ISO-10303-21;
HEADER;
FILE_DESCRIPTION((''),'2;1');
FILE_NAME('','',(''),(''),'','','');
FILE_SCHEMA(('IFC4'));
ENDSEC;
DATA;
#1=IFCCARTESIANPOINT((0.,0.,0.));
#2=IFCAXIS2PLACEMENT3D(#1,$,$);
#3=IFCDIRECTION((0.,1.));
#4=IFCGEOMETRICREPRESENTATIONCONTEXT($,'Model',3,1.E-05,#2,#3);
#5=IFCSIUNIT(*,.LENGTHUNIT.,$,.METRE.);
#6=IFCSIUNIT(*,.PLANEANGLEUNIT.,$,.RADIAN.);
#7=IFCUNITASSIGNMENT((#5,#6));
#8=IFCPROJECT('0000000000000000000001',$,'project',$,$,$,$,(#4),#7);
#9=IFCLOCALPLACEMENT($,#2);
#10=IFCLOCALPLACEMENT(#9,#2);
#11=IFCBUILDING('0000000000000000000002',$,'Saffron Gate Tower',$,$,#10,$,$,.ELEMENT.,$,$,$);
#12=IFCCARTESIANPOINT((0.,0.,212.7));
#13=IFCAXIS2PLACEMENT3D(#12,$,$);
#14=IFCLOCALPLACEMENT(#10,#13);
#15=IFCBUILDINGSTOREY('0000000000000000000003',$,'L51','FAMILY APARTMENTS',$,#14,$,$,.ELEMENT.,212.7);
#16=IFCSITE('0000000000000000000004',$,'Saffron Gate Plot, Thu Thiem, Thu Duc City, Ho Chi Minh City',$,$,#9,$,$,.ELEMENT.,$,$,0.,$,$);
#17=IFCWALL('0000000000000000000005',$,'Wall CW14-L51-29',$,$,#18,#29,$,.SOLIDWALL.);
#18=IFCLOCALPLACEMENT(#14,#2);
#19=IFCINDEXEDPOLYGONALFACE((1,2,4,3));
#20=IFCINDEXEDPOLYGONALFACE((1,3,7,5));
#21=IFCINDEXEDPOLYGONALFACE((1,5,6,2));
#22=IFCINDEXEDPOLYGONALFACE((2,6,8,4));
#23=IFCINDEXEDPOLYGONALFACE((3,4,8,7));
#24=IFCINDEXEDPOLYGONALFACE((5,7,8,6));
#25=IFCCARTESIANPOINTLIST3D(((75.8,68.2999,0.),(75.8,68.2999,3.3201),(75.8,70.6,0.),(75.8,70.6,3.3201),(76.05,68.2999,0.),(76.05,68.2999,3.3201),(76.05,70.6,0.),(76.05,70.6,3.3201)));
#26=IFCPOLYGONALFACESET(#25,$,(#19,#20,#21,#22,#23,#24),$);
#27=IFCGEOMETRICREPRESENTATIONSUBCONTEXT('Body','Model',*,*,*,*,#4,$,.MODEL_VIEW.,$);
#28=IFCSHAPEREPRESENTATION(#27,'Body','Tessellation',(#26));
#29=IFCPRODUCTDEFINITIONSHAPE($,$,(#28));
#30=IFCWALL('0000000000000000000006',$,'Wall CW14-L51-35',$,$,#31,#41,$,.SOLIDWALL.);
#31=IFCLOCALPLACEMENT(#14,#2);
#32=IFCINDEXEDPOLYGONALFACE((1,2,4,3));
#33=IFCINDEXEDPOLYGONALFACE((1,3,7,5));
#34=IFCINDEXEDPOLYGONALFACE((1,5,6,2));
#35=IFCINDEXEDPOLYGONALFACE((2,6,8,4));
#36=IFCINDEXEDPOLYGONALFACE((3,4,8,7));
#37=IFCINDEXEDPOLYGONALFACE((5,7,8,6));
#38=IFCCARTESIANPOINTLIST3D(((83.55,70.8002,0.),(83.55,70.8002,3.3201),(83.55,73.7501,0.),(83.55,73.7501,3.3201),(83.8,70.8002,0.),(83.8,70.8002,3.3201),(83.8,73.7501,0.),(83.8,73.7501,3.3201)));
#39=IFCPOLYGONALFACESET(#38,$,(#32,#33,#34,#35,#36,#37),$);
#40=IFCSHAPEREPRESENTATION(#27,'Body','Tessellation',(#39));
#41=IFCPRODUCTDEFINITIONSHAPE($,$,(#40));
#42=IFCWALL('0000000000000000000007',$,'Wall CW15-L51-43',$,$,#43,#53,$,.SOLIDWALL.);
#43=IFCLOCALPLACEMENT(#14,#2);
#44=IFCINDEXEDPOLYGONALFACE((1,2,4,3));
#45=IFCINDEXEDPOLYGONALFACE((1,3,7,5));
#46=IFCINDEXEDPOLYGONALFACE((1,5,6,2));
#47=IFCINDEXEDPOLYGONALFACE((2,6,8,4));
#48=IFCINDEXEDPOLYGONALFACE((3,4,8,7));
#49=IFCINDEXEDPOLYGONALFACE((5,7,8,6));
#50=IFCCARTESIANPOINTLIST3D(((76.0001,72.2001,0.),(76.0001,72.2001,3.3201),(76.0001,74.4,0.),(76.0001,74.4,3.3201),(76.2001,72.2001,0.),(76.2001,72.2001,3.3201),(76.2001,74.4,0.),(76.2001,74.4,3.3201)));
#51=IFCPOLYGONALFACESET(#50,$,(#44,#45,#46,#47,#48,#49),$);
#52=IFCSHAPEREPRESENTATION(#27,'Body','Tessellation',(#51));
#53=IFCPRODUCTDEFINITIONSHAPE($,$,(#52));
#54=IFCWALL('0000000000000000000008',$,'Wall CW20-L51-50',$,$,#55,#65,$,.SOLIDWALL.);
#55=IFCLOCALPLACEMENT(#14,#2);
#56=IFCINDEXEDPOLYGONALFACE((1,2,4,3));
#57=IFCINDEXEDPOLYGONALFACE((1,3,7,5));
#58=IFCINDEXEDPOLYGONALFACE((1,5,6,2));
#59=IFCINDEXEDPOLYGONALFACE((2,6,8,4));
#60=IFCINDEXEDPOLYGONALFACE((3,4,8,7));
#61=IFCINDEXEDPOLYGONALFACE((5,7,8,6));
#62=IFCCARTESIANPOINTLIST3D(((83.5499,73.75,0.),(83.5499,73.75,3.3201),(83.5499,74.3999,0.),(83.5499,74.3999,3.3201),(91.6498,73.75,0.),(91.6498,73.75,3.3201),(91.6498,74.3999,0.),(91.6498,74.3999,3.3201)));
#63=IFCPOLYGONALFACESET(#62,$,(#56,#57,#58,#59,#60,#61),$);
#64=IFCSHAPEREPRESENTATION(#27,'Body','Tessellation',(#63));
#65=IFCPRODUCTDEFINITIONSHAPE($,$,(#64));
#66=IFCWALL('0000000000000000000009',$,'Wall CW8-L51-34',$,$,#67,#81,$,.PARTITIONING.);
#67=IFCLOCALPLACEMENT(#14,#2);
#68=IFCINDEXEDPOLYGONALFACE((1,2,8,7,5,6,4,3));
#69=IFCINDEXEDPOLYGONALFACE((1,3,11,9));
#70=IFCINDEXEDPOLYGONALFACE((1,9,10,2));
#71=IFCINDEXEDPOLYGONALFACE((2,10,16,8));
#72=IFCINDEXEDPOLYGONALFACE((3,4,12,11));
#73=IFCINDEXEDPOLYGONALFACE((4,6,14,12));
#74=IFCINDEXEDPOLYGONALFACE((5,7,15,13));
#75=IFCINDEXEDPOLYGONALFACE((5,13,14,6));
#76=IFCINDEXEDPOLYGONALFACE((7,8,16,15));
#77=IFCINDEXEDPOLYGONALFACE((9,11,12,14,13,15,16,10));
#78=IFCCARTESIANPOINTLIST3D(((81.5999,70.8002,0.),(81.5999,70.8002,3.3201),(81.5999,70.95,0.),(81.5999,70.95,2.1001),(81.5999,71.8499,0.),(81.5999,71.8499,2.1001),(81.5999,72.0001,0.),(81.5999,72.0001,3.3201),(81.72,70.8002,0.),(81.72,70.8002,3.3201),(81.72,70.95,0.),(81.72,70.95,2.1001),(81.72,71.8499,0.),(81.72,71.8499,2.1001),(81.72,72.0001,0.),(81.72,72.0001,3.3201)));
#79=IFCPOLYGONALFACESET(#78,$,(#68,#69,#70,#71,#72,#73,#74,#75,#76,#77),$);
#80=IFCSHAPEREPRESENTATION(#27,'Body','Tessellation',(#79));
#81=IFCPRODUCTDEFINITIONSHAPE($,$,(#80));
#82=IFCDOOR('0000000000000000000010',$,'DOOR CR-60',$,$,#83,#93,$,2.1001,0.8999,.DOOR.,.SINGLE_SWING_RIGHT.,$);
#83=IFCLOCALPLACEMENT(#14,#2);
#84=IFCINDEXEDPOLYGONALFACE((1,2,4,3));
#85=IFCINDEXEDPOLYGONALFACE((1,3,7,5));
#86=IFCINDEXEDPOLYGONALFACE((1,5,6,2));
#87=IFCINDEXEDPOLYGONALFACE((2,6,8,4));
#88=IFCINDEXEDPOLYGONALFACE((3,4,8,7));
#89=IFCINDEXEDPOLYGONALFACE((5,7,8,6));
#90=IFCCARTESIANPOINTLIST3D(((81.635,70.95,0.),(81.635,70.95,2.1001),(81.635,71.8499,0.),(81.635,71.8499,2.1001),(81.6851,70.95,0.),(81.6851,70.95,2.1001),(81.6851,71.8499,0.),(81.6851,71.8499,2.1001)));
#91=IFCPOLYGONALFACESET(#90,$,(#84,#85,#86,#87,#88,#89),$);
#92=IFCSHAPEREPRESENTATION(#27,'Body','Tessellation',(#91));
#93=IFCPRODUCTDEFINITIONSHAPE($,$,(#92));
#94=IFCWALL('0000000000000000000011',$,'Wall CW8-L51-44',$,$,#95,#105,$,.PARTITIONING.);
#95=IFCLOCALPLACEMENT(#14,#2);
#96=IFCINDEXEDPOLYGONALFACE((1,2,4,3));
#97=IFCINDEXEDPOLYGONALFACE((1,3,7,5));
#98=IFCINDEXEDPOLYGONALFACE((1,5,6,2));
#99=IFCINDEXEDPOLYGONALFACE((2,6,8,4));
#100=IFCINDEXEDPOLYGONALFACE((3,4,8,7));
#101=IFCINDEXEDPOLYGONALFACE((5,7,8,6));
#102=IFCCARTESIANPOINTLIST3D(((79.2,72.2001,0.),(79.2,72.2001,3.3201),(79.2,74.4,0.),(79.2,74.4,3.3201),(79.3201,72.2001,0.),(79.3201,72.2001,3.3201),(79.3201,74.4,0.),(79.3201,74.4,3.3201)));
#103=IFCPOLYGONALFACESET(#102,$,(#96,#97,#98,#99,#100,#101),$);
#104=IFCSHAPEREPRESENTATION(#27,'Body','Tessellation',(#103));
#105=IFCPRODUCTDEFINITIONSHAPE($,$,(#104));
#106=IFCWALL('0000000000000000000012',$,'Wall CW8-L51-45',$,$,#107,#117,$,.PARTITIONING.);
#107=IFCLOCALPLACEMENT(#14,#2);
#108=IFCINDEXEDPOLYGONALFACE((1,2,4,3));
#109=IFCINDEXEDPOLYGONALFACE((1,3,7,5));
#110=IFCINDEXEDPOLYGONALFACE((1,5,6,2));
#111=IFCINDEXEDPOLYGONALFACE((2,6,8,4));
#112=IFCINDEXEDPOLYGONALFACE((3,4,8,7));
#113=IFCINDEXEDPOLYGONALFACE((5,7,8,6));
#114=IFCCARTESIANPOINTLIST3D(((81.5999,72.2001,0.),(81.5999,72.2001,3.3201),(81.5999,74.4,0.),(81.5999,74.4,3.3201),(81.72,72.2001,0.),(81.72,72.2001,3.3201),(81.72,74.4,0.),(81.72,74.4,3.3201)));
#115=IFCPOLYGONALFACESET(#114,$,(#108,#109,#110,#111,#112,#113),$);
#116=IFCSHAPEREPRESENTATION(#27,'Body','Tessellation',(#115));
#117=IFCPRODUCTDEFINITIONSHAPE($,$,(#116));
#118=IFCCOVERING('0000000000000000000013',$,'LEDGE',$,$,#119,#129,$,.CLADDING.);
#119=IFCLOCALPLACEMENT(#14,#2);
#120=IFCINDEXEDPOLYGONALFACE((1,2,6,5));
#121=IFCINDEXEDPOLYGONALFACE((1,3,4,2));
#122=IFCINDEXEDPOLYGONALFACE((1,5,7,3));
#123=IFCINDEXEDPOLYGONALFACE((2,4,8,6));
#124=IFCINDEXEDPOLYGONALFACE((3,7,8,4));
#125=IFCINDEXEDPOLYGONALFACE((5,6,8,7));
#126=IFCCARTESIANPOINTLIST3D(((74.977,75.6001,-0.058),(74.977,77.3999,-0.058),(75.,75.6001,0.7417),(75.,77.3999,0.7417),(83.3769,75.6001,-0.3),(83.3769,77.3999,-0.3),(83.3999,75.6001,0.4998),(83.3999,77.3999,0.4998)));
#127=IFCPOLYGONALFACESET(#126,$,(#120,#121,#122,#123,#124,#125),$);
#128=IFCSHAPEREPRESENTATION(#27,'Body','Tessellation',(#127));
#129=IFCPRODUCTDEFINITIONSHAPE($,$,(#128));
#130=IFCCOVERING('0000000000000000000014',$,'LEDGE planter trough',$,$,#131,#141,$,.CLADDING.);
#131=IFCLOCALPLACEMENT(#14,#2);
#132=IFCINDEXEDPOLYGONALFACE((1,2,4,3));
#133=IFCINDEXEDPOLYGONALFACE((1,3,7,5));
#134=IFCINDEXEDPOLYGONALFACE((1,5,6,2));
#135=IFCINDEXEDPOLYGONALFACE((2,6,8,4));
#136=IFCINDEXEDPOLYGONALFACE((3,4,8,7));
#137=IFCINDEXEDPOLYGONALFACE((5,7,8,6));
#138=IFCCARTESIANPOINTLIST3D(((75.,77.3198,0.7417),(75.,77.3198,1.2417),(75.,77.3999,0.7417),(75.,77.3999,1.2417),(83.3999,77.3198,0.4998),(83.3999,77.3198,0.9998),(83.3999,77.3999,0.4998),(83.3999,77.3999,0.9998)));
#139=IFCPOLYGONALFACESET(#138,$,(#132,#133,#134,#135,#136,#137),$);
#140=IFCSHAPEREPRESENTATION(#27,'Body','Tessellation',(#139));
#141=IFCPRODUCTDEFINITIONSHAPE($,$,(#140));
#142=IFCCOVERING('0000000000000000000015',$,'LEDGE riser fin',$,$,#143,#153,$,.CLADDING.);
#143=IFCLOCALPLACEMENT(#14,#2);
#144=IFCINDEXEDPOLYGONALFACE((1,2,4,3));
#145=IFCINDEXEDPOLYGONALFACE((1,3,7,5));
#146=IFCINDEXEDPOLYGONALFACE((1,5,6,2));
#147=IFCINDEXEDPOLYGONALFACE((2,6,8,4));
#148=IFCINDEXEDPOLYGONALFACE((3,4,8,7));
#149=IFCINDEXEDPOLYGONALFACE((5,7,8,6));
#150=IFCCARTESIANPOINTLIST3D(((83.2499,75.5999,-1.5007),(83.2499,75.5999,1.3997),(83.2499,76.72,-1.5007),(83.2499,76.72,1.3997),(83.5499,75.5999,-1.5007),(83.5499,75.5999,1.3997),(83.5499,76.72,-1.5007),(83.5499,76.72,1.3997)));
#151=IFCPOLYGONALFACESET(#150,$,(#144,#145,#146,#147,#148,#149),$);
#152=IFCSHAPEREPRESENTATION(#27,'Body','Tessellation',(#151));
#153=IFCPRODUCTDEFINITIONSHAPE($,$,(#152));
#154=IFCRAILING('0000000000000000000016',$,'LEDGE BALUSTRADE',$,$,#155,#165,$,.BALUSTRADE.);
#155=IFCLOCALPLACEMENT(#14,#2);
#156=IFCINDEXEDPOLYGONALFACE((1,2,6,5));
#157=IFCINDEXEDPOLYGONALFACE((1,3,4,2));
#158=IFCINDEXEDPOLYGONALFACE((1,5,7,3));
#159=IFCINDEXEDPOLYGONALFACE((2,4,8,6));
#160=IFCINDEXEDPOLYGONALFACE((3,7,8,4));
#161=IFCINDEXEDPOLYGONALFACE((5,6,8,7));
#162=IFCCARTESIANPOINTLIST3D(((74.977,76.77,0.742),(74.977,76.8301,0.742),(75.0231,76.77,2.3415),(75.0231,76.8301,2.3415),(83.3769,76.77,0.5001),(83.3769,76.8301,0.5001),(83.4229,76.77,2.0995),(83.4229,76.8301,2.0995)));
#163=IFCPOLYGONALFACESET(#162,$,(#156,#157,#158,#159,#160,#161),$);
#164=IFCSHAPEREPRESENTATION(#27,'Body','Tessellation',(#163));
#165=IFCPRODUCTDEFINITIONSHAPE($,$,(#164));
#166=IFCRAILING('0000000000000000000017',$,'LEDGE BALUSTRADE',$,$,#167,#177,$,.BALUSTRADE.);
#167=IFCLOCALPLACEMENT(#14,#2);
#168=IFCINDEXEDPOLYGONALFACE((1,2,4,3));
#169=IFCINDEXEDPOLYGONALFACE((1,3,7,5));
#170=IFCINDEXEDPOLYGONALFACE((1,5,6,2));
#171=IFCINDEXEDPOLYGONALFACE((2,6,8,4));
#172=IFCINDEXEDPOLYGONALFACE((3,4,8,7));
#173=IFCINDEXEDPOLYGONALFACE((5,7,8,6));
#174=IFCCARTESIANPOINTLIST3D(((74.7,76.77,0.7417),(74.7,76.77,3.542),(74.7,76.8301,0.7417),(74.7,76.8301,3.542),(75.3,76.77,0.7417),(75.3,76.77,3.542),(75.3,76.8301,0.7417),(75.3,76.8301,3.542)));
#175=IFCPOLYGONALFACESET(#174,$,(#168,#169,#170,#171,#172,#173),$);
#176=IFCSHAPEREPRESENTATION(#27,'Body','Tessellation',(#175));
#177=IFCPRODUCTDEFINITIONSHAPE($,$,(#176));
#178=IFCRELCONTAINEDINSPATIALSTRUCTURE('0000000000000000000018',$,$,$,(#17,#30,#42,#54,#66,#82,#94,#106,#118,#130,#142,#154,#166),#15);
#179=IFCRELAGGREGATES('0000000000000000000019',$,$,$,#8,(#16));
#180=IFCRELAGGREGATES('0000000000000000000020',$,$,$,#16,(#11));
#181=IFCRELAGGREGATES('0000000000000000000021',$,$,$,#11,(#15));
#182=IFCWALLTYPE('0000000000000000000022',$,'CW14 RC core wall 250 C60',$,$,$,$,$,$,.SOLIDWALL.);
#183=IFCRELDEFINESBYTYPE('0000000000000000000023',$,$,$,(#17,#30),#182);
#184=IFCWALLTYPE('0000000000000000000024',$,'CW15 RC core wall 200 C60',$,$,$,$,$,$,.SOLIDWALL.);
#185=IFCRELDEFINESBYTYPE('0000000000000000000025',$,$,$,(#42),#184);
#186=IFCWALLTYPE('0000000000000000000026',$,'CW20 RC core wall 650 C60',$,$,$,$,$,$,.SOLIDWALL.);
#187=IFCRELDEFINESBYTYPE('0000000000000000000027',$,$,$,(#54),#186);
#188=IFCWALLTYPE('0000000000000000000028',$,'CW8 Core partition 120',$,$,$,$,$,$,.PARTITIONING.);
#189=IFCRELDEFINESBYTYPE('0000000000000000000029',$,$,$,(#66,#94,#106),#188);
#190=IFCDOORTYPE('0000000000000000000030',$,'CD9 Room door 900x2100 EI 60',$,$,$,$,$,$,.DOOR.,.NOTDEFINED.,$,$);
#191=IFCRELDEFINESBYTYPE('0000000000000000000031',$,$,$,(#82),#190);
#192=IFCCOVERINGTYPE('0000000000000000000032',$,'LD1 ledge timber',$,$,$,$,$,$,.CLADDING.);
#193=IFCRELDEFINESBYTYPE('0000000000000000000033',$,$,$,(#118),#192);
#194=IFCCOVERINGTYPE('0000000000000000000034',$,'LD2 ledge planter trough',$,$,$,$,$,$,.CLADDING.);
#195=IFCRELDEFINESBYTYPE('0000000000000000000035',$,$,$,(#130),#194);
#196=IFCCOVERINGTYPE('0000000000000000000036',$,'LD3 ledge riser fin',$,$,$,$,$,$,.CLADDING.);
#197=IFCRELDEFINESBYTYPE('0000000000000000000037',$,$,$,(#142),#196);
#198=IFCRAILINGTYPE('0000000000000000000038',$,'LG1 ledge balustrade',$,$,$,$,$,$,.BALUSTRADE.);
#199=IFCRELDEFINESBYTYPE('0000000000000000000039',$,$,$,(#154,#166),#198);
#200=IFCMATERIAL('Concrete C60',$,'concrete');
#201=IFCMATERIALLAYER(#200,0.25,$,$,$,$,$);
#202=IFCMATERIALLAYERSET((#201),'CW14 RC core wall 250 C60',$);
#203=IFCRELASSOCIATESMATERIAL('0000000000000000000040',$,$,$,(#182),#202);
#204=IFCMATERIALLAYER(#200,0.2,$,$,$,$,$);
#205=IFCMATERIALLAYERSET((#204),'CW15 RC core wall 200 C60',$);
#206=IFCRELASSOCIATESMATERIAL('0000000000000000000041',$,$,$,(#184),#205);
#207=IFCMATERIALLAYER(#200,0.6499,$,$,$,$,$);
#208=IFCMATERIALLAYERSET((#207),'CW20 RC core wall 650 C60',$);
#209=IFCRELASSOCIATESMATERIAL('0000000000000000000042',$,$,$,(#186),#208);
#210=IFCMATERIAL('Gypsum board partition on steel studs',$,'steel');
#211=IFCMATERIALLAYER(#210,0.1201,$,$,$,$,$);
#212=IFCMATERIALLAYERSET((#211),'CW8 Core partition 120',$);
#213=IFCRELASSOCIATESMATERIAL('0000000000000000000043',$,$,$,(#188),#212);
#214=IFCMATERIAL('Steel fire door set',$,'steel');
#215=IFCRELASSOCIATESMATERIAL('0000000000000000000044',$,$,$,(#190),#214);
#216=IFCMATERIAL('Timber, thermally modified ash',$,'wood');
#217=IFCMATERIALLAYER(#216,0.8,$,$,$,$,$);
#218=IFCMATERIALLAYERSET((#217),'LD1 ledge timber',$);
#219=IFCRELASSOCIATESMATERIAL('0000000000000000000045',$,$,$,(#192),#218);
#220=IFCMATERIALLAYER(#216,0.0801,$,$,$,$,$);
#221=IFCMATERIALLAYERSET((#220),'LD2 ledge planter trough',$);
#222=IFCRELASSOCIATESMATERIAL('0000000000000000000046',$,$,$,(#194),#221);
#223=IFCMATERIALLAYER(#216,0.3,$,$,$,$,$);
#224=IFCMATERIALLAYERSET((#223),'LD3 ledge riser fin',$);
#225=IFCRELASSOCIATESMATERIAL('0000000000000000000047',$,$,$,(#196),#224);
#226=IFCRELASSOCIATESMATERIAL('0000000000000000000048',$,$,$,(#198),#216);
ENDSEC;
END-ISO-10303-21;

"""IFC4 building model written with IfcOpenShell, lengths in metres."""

from ifc_helpers import new_model, si_unit, direction, frame, frame_2d, origin, origin_2d, place, context, subcontext, project, spatial, polyline, rectangle, outline, extrude, material, layer, layer_set, type_object, element, fill, save


model = new_model("IFC4")

# Units and contexts
model_context = context("Model", 3, precision=1e-05, world=origin(), true_north=direction((0.0, 1.0)))
body_context = subcontext(model_context, "Body", "Model", "MODEL_VIEW")
ifc_project = project(units=[si_unit("LENGTHUNIT", "METRE"), si_unit("PLANEANGLEUNIT", "RADIAN")], contexts=[model_context])

# Site, building, storey
site_placement = place(None, origin())
site = spatial("IfcSite", under=ifc_project, at=site_placement, Name="Saffron Gate Plot, Thu Thiem, Thu Duc City, Ho Chi Minh City", CompositionType="ELEMENT", RefElevation=0.0)
building_placement = place(site_placement, origin())
building = spatial("IfcBuilding", under=site, at=building_placement, Name="Saffron Gate Tower", CompositionType="ELEMENT")
storey_placement = place(building_placement, frame((0.0, 0.0, 212.7)))
storey = spatial("IfcBuildingStorey", under=building, at=storey_placement, Name="L51", Description="FAMILY APARTMENTS", CompositionType="ELEMENT", Elevation=212.7)

# Walls
ifc_material_1 = material(Name="Concrete C60", Category="concrete")
ifc_layer_1 = layer(ifc_material_1, 0.25)
ifc_layer_set_1 = layer_set([ifc_layer_1], Name="CW14 RC core wall 250 C60")
wall_type_1 = type_object("IfcWallType", Name="CW14 RC core wall 250 C60", PredefinedType="SOLIDWALL", material=ifc_layer_set_1)
wall_1_placement = place(storey_placement, frame((75.925, 68.3, 0.0), z_axis=(0.0, 0.0, 1.0), x_axis=(0.0, 1.0, 0.0)))
element("IfcWall", 1, at=wall_1_placement, inside=storey, type_object=wall_type_1, Name="Wall CW14-L51-29", PredefinedType="SOLIDWALL", context=body_context, shape_type="SweptSolid", body=[
    extrude(rectangle(XDim=2.3, YDim=0.25, at=frame_2d((1.1499, 0.0))), origin(), (0.0, 0.0, 1.0), 3.3201),
])
wall_2_placement = place(storey_placement, frame((83.675, 70.8, 0.0), z_axis=(0.0, 0.0, 1.0), x_axis=(0.0, 1.0, 0.0)))
element("IfcWall", 2, at=wall_2_placement, inside=storey, type_object=wall_type_1, Name="Wall CW14-L51-35", PredefinedType="SOLIDWALL", context=body_context, shape_type="SweptSolid", body=[
    extrude(rectangle(XDim=2.95, YDim=0.25, at=frame_2d((1.4751, 0.0))), origin(), (0.0, 0.0, 1.0), 3.3201),
])
ifc_layer_2 = layer(ifc_material_1, 0.2)
ifc_layer_set_2 = layer_set([ifc_layer_2], Name="CW15 RC core wall 200 C60")
wall_type_2 = type_object("IfcWallType", Name="CW15 RC core wall 200 C60", PredefinedType="SOLIDWALL", material=ifc_layer_set_2)
wall_3_placement = place(storey_placement, frame((76.1001, 72.2, 0.0), z_axis=(0.0, 0.0, 1.0), x_axis=(0.0, 1.0, 0.0)))
element("IfcWall", 3, at=wall_3_placement, inside=storey, type_object=wall_type_2, Name="Wall CW15-L51-43", PredefinedType="SOLIDWALL", context=body_context, shape_type="SweptSolid", body=[
    extrude(rectangle(XDim=2.2, YDim=0.2, at=frame_2d((1.1001, 0.0))), origin(), (0.0, 0.0, 1.0), 3.3201),
])
ifc_layer_3 = layer(ifc_material_1, 0.6499)
ifc_layer_set_3 = layer_set([ifc_layer_3], Name="CW20 RC core wall 650 C60")
wall_type_3 = type_object("IfcWallType", Name="CW20 RC core wall 650 C60", PredefinedType="SOLIDWALL", material=ifc_layer_set_3)
wall_4_placement = place(storey_placement, frame((83.55, 74.075, 0.0), z_axis=(0.0, 0.0, 1.0), x_axis=(1.0, 0.0, 0.0)))
element("IfcWall", 4, at=wall_4_placement, inside=storey, type_object=wall_type_3, Name="Wall CW20-L51-50", PredefinedType="SOLIDWALL", context=body_context, shape_type="SweptSolid", body=[
    extrude(rectangle(XDim=8.0999, YDim=0.6499, at=frame_2d((4.0498, 0.0))), origin(), (0.0, 0.0, 1.0), 3.3201),
])

# Wall, opening, door
ifc_material_2 = material(Name="Gypsum board partition on steel studs", Category="steel")
ifc_layer_4 = layer(ifc_material_2, 0.1201)
ifc_layer_set_4 = layer_set([ifc_layer_4], Name="CW8 Core partition 120")
wall_type_4 = type_object("IfcWallType", Name="CW8 Core partition 120", PredefinedType="PARTITIONING", material=ifc_layer_set_4)
wall_5_placement = place(storey_placement, frame((81.6599, 70.8, 0.0), z_axis=(0.0, 0.0, 1.0), x_axis=(0.0, 1.0, 0.0)))
wall_5 = element("IfcWall", 5, at=wall_5_placement, inside=storey, type_object=wall_type_4, Name="Wall CW8-L51-34", PredefinedType="PARTITIONING", context=body_context, shape_type="SweptSolid", body=[
    extrude(rectangle(XDim=1.2, YDim=0.1201, at=frame_2d((0.6001, 0.0))), origin(), (0.0, 0.0, 1.0), 3.3201),
])
opening_placement = place(wall_5_placement, frame((0.1499, 0.0, 0.0)))
opening = element("IfcOpeningElement", 6, at=opening_placement, cuts=wall_5, PredefinedType="OPENING", context=body_context, shape_type="SweptSolid", body=[
    extrude(rectangle(XDim=0.8999, YDim=2.1001, at=frame_2d((0.45, 1.05))), frame((0.0, 0.0701, 0.0), z_axis=(0.0, -1.0, 0.0), x_axis=(1.0, 0.0, 0.0)), (0.0, 0.0, 1.0), 0.1401),
])
ifc_material_3 = material(Name="Steel fire door set", Category="steel")
door_type = type_object("IfcDoorType", Name="CD9 Room door 900x2100 EI 60", OperationType="NOTDEFINED", PredefinedType="DOOR", material=ifc_material_3)
door_placement = place(opening_placement, origin())
door = element("IfcDoor", 7, at=door_placement, inside=storey, type_object=door_type, Name="DOOR CR-60", OperationType="SINGLE_SWING_RIGHT", OverallHeight=2.1001, OverallWidth=0.8999, PredefinedType="DOOR", context=body_context, shape_type="SweptSolid", body=[
    extrude(rectangle(XDim=0.8999, YDim=2.1001, at=frame_2d((0.45, 1.05))), frame((0.0, 0.0249, 0.0), z_axis=(0.0, -1.0, 0.0), x_axis=(1.0, 0.0, 0.0)), (0.0, 0.0, 1.0), 0.05),
])
fill(opening, door)

# Walls
for number, where, z_axis, x_axis, name in (
    (8, (79.26, 72.2, 0.0), (0.0, 0.0, 1.0), (0.0, 1.0, 0.0), "Wall CW8-L51-44"),
    (9, (81.6599, 72.2, 0.0), (0.0, 0.0, 1.0), (0.0, 1.0, 0.0), "Wall CW8-L51-45"),
):
    element("IfcWall", number, at=place(storey_placement, frame(where, z_axis=z_axis, x_axis=x_axis)), inside=storey, type_object=wall_type_4, Name=name, PredefinedType="PARTITIONING", context=body_context, shape_type="SweptSolid", body=[
        extrude(rectangle(XDim=2.2, YDim=0.1201, at=frame_2d((1.1001, 0.0))), origin(), (0.0, 0.0, 1.0), 3.3201),
    ])

# Coverings
ifc_material_4 = material(Name="Timber, thermally modified ash", Category="wood")
ifc_layer_5 = layer(ifc_material_4, 0.8)
ifc_layer_set_5 = layer_set([ifc_layer_5], Name="LD1 ledge timber")
covering_type_1 = type_object("IfcCoveringType", Name="LD1 ledge timber", PredefinedType="CLADDING", material=ifc_layer_set_5)
covering_1_placement = place(storey_placement, frame((83.3999, 75.6001, 0.4998), z_axis=(0.028791, 0.0, 0.999585), x_axis=(-0.999585, 0.0, 0.028791)))
element("IfcCovering", 10, at=covering_1_placement, inside=storey, type_object=covering_type_1, Name="LEDGE", PredefinedType="CLADDING", context=body_context, shape_type="SweptSolid", body=[
    extrude(outline(polyline([(0.0, 0.0), (8.4034, 0.0), (8.4034, -1.7998), (0.0, -1.7998), (0.0, 0.0)])), origin(), (0.0, 0.0, -1.0), 0.8),
])
ifc_layer_6 = layer(ifc_material_4, 0.0801)
ifc_layer_set_6 = layer_set([ifc_layer_6], Name="LD2 ledge planter trough")
covering_type_2 = type_object("IfcCoveringType", Name="LD2 ledge planter trough", PredefinedType="CLADDING", material=ifc_layer_set_6)
covering_2_placement = place(storey_placement, frame((83.3999, 77.3999, 0.4998), z_axis=(0.0, 1.0, 0.0), x_axis=(-0.999585, 0.0, 0.028791)))
element("IfcCovering", 11, at=covering_2_placement, inside=storey, type_object=covering_type_2, Name="LEDGE planter trough", PredefinedType="CLADDING", context=body_context, shape_type="SweptSolid", body=[
    extrude(outline(polyline([(0.0, 0.0), (8.4034, 0.0), (8.4178, 0.4998), (0.0144, 0.4998), (0.0, 0.0)])), origin(), (0.0, 0.0, -1.0), 0.0801),
])
ifc_layer_7 = layer(ifc_material_4, 0.3)
ifc_layer_set_7 = layer_set([ifc_layer_7], Name="LD3 ledge riser fin")
covering_type_3 = type_object("IfcCoveringType", Name="LD3 ledge riser fin", PredefinedType="CLADDING", material=ifc_layer_set_7)
covering_3_placement = place(storey_placement, frame((83.3999, 76.1599, -1.5007), z_axis=(0.0, 0.0, 1.0), x_axis=(-1.0, 0.0, 0.0)))
element("IfcCovering", 12, at=covering_3_placement, inside=storey, type_object=covering_type_3, Name="LEDGE riser fin", PredefinedType="CLADDING", context=body_context, shape_type="SweptSolid", body=[
    extrude(rectangle(XDim=0.3, YDim=1.1201, at=origin_2d()), origin(), (0.0, 0.0, 1.0), 2.9004),
])

# Railings
railing_type = type_object("IfcRailingType", Name="LG1 ledge balustrade", PredefinedType="BALUSTRADE", material=ifc_material_4)
railing_1_placement = place(storey_placement, frame((83.3999, 76.8, 0.4998)))
element("IfcRailing", 13, at=railing_1_placement, inside=storey, type_object=railing_type, Name="LEDGE BALUSTRADE", PredefinedType="BALUSTRADE", context=body_context, shape_type="SweptSolid", body=[
    extrude(rectangle(XDim=0.0601, YDim=1.6001, at=origin_2d()), frame((0.0, 0.0, 0.8), z_axis=(-0.999585, 0.0, 0.028791), x_axis=(0.0, -1.0, 0.0)), (0.0, 0.0, 1.0), 8.4033),
])
railing_2_placement = place(storey_placement, frame((75.3, 76.8, 0.7417)))
element("IfcRailing", 14, at=railing_2_placement, inside=storey, type_object=railing_type, Name="LEDGE BALUSTRADE", PredefinedType="BALUSTRADE", context=body_context, shape_type="SweptSolid", body=[
    extrude(rectangle(XDim=0.0601, YDim=2.8003, at=origin_2d()), frame((0.0, 0.0, 1.4001), z_axis=(-1.0, 0.0, 0.0), x_axis=(0.0, -1.0, 0.0)), (0.0, 0.0, 1.0), 0.6001),
])

save(model, "model.ifc")
